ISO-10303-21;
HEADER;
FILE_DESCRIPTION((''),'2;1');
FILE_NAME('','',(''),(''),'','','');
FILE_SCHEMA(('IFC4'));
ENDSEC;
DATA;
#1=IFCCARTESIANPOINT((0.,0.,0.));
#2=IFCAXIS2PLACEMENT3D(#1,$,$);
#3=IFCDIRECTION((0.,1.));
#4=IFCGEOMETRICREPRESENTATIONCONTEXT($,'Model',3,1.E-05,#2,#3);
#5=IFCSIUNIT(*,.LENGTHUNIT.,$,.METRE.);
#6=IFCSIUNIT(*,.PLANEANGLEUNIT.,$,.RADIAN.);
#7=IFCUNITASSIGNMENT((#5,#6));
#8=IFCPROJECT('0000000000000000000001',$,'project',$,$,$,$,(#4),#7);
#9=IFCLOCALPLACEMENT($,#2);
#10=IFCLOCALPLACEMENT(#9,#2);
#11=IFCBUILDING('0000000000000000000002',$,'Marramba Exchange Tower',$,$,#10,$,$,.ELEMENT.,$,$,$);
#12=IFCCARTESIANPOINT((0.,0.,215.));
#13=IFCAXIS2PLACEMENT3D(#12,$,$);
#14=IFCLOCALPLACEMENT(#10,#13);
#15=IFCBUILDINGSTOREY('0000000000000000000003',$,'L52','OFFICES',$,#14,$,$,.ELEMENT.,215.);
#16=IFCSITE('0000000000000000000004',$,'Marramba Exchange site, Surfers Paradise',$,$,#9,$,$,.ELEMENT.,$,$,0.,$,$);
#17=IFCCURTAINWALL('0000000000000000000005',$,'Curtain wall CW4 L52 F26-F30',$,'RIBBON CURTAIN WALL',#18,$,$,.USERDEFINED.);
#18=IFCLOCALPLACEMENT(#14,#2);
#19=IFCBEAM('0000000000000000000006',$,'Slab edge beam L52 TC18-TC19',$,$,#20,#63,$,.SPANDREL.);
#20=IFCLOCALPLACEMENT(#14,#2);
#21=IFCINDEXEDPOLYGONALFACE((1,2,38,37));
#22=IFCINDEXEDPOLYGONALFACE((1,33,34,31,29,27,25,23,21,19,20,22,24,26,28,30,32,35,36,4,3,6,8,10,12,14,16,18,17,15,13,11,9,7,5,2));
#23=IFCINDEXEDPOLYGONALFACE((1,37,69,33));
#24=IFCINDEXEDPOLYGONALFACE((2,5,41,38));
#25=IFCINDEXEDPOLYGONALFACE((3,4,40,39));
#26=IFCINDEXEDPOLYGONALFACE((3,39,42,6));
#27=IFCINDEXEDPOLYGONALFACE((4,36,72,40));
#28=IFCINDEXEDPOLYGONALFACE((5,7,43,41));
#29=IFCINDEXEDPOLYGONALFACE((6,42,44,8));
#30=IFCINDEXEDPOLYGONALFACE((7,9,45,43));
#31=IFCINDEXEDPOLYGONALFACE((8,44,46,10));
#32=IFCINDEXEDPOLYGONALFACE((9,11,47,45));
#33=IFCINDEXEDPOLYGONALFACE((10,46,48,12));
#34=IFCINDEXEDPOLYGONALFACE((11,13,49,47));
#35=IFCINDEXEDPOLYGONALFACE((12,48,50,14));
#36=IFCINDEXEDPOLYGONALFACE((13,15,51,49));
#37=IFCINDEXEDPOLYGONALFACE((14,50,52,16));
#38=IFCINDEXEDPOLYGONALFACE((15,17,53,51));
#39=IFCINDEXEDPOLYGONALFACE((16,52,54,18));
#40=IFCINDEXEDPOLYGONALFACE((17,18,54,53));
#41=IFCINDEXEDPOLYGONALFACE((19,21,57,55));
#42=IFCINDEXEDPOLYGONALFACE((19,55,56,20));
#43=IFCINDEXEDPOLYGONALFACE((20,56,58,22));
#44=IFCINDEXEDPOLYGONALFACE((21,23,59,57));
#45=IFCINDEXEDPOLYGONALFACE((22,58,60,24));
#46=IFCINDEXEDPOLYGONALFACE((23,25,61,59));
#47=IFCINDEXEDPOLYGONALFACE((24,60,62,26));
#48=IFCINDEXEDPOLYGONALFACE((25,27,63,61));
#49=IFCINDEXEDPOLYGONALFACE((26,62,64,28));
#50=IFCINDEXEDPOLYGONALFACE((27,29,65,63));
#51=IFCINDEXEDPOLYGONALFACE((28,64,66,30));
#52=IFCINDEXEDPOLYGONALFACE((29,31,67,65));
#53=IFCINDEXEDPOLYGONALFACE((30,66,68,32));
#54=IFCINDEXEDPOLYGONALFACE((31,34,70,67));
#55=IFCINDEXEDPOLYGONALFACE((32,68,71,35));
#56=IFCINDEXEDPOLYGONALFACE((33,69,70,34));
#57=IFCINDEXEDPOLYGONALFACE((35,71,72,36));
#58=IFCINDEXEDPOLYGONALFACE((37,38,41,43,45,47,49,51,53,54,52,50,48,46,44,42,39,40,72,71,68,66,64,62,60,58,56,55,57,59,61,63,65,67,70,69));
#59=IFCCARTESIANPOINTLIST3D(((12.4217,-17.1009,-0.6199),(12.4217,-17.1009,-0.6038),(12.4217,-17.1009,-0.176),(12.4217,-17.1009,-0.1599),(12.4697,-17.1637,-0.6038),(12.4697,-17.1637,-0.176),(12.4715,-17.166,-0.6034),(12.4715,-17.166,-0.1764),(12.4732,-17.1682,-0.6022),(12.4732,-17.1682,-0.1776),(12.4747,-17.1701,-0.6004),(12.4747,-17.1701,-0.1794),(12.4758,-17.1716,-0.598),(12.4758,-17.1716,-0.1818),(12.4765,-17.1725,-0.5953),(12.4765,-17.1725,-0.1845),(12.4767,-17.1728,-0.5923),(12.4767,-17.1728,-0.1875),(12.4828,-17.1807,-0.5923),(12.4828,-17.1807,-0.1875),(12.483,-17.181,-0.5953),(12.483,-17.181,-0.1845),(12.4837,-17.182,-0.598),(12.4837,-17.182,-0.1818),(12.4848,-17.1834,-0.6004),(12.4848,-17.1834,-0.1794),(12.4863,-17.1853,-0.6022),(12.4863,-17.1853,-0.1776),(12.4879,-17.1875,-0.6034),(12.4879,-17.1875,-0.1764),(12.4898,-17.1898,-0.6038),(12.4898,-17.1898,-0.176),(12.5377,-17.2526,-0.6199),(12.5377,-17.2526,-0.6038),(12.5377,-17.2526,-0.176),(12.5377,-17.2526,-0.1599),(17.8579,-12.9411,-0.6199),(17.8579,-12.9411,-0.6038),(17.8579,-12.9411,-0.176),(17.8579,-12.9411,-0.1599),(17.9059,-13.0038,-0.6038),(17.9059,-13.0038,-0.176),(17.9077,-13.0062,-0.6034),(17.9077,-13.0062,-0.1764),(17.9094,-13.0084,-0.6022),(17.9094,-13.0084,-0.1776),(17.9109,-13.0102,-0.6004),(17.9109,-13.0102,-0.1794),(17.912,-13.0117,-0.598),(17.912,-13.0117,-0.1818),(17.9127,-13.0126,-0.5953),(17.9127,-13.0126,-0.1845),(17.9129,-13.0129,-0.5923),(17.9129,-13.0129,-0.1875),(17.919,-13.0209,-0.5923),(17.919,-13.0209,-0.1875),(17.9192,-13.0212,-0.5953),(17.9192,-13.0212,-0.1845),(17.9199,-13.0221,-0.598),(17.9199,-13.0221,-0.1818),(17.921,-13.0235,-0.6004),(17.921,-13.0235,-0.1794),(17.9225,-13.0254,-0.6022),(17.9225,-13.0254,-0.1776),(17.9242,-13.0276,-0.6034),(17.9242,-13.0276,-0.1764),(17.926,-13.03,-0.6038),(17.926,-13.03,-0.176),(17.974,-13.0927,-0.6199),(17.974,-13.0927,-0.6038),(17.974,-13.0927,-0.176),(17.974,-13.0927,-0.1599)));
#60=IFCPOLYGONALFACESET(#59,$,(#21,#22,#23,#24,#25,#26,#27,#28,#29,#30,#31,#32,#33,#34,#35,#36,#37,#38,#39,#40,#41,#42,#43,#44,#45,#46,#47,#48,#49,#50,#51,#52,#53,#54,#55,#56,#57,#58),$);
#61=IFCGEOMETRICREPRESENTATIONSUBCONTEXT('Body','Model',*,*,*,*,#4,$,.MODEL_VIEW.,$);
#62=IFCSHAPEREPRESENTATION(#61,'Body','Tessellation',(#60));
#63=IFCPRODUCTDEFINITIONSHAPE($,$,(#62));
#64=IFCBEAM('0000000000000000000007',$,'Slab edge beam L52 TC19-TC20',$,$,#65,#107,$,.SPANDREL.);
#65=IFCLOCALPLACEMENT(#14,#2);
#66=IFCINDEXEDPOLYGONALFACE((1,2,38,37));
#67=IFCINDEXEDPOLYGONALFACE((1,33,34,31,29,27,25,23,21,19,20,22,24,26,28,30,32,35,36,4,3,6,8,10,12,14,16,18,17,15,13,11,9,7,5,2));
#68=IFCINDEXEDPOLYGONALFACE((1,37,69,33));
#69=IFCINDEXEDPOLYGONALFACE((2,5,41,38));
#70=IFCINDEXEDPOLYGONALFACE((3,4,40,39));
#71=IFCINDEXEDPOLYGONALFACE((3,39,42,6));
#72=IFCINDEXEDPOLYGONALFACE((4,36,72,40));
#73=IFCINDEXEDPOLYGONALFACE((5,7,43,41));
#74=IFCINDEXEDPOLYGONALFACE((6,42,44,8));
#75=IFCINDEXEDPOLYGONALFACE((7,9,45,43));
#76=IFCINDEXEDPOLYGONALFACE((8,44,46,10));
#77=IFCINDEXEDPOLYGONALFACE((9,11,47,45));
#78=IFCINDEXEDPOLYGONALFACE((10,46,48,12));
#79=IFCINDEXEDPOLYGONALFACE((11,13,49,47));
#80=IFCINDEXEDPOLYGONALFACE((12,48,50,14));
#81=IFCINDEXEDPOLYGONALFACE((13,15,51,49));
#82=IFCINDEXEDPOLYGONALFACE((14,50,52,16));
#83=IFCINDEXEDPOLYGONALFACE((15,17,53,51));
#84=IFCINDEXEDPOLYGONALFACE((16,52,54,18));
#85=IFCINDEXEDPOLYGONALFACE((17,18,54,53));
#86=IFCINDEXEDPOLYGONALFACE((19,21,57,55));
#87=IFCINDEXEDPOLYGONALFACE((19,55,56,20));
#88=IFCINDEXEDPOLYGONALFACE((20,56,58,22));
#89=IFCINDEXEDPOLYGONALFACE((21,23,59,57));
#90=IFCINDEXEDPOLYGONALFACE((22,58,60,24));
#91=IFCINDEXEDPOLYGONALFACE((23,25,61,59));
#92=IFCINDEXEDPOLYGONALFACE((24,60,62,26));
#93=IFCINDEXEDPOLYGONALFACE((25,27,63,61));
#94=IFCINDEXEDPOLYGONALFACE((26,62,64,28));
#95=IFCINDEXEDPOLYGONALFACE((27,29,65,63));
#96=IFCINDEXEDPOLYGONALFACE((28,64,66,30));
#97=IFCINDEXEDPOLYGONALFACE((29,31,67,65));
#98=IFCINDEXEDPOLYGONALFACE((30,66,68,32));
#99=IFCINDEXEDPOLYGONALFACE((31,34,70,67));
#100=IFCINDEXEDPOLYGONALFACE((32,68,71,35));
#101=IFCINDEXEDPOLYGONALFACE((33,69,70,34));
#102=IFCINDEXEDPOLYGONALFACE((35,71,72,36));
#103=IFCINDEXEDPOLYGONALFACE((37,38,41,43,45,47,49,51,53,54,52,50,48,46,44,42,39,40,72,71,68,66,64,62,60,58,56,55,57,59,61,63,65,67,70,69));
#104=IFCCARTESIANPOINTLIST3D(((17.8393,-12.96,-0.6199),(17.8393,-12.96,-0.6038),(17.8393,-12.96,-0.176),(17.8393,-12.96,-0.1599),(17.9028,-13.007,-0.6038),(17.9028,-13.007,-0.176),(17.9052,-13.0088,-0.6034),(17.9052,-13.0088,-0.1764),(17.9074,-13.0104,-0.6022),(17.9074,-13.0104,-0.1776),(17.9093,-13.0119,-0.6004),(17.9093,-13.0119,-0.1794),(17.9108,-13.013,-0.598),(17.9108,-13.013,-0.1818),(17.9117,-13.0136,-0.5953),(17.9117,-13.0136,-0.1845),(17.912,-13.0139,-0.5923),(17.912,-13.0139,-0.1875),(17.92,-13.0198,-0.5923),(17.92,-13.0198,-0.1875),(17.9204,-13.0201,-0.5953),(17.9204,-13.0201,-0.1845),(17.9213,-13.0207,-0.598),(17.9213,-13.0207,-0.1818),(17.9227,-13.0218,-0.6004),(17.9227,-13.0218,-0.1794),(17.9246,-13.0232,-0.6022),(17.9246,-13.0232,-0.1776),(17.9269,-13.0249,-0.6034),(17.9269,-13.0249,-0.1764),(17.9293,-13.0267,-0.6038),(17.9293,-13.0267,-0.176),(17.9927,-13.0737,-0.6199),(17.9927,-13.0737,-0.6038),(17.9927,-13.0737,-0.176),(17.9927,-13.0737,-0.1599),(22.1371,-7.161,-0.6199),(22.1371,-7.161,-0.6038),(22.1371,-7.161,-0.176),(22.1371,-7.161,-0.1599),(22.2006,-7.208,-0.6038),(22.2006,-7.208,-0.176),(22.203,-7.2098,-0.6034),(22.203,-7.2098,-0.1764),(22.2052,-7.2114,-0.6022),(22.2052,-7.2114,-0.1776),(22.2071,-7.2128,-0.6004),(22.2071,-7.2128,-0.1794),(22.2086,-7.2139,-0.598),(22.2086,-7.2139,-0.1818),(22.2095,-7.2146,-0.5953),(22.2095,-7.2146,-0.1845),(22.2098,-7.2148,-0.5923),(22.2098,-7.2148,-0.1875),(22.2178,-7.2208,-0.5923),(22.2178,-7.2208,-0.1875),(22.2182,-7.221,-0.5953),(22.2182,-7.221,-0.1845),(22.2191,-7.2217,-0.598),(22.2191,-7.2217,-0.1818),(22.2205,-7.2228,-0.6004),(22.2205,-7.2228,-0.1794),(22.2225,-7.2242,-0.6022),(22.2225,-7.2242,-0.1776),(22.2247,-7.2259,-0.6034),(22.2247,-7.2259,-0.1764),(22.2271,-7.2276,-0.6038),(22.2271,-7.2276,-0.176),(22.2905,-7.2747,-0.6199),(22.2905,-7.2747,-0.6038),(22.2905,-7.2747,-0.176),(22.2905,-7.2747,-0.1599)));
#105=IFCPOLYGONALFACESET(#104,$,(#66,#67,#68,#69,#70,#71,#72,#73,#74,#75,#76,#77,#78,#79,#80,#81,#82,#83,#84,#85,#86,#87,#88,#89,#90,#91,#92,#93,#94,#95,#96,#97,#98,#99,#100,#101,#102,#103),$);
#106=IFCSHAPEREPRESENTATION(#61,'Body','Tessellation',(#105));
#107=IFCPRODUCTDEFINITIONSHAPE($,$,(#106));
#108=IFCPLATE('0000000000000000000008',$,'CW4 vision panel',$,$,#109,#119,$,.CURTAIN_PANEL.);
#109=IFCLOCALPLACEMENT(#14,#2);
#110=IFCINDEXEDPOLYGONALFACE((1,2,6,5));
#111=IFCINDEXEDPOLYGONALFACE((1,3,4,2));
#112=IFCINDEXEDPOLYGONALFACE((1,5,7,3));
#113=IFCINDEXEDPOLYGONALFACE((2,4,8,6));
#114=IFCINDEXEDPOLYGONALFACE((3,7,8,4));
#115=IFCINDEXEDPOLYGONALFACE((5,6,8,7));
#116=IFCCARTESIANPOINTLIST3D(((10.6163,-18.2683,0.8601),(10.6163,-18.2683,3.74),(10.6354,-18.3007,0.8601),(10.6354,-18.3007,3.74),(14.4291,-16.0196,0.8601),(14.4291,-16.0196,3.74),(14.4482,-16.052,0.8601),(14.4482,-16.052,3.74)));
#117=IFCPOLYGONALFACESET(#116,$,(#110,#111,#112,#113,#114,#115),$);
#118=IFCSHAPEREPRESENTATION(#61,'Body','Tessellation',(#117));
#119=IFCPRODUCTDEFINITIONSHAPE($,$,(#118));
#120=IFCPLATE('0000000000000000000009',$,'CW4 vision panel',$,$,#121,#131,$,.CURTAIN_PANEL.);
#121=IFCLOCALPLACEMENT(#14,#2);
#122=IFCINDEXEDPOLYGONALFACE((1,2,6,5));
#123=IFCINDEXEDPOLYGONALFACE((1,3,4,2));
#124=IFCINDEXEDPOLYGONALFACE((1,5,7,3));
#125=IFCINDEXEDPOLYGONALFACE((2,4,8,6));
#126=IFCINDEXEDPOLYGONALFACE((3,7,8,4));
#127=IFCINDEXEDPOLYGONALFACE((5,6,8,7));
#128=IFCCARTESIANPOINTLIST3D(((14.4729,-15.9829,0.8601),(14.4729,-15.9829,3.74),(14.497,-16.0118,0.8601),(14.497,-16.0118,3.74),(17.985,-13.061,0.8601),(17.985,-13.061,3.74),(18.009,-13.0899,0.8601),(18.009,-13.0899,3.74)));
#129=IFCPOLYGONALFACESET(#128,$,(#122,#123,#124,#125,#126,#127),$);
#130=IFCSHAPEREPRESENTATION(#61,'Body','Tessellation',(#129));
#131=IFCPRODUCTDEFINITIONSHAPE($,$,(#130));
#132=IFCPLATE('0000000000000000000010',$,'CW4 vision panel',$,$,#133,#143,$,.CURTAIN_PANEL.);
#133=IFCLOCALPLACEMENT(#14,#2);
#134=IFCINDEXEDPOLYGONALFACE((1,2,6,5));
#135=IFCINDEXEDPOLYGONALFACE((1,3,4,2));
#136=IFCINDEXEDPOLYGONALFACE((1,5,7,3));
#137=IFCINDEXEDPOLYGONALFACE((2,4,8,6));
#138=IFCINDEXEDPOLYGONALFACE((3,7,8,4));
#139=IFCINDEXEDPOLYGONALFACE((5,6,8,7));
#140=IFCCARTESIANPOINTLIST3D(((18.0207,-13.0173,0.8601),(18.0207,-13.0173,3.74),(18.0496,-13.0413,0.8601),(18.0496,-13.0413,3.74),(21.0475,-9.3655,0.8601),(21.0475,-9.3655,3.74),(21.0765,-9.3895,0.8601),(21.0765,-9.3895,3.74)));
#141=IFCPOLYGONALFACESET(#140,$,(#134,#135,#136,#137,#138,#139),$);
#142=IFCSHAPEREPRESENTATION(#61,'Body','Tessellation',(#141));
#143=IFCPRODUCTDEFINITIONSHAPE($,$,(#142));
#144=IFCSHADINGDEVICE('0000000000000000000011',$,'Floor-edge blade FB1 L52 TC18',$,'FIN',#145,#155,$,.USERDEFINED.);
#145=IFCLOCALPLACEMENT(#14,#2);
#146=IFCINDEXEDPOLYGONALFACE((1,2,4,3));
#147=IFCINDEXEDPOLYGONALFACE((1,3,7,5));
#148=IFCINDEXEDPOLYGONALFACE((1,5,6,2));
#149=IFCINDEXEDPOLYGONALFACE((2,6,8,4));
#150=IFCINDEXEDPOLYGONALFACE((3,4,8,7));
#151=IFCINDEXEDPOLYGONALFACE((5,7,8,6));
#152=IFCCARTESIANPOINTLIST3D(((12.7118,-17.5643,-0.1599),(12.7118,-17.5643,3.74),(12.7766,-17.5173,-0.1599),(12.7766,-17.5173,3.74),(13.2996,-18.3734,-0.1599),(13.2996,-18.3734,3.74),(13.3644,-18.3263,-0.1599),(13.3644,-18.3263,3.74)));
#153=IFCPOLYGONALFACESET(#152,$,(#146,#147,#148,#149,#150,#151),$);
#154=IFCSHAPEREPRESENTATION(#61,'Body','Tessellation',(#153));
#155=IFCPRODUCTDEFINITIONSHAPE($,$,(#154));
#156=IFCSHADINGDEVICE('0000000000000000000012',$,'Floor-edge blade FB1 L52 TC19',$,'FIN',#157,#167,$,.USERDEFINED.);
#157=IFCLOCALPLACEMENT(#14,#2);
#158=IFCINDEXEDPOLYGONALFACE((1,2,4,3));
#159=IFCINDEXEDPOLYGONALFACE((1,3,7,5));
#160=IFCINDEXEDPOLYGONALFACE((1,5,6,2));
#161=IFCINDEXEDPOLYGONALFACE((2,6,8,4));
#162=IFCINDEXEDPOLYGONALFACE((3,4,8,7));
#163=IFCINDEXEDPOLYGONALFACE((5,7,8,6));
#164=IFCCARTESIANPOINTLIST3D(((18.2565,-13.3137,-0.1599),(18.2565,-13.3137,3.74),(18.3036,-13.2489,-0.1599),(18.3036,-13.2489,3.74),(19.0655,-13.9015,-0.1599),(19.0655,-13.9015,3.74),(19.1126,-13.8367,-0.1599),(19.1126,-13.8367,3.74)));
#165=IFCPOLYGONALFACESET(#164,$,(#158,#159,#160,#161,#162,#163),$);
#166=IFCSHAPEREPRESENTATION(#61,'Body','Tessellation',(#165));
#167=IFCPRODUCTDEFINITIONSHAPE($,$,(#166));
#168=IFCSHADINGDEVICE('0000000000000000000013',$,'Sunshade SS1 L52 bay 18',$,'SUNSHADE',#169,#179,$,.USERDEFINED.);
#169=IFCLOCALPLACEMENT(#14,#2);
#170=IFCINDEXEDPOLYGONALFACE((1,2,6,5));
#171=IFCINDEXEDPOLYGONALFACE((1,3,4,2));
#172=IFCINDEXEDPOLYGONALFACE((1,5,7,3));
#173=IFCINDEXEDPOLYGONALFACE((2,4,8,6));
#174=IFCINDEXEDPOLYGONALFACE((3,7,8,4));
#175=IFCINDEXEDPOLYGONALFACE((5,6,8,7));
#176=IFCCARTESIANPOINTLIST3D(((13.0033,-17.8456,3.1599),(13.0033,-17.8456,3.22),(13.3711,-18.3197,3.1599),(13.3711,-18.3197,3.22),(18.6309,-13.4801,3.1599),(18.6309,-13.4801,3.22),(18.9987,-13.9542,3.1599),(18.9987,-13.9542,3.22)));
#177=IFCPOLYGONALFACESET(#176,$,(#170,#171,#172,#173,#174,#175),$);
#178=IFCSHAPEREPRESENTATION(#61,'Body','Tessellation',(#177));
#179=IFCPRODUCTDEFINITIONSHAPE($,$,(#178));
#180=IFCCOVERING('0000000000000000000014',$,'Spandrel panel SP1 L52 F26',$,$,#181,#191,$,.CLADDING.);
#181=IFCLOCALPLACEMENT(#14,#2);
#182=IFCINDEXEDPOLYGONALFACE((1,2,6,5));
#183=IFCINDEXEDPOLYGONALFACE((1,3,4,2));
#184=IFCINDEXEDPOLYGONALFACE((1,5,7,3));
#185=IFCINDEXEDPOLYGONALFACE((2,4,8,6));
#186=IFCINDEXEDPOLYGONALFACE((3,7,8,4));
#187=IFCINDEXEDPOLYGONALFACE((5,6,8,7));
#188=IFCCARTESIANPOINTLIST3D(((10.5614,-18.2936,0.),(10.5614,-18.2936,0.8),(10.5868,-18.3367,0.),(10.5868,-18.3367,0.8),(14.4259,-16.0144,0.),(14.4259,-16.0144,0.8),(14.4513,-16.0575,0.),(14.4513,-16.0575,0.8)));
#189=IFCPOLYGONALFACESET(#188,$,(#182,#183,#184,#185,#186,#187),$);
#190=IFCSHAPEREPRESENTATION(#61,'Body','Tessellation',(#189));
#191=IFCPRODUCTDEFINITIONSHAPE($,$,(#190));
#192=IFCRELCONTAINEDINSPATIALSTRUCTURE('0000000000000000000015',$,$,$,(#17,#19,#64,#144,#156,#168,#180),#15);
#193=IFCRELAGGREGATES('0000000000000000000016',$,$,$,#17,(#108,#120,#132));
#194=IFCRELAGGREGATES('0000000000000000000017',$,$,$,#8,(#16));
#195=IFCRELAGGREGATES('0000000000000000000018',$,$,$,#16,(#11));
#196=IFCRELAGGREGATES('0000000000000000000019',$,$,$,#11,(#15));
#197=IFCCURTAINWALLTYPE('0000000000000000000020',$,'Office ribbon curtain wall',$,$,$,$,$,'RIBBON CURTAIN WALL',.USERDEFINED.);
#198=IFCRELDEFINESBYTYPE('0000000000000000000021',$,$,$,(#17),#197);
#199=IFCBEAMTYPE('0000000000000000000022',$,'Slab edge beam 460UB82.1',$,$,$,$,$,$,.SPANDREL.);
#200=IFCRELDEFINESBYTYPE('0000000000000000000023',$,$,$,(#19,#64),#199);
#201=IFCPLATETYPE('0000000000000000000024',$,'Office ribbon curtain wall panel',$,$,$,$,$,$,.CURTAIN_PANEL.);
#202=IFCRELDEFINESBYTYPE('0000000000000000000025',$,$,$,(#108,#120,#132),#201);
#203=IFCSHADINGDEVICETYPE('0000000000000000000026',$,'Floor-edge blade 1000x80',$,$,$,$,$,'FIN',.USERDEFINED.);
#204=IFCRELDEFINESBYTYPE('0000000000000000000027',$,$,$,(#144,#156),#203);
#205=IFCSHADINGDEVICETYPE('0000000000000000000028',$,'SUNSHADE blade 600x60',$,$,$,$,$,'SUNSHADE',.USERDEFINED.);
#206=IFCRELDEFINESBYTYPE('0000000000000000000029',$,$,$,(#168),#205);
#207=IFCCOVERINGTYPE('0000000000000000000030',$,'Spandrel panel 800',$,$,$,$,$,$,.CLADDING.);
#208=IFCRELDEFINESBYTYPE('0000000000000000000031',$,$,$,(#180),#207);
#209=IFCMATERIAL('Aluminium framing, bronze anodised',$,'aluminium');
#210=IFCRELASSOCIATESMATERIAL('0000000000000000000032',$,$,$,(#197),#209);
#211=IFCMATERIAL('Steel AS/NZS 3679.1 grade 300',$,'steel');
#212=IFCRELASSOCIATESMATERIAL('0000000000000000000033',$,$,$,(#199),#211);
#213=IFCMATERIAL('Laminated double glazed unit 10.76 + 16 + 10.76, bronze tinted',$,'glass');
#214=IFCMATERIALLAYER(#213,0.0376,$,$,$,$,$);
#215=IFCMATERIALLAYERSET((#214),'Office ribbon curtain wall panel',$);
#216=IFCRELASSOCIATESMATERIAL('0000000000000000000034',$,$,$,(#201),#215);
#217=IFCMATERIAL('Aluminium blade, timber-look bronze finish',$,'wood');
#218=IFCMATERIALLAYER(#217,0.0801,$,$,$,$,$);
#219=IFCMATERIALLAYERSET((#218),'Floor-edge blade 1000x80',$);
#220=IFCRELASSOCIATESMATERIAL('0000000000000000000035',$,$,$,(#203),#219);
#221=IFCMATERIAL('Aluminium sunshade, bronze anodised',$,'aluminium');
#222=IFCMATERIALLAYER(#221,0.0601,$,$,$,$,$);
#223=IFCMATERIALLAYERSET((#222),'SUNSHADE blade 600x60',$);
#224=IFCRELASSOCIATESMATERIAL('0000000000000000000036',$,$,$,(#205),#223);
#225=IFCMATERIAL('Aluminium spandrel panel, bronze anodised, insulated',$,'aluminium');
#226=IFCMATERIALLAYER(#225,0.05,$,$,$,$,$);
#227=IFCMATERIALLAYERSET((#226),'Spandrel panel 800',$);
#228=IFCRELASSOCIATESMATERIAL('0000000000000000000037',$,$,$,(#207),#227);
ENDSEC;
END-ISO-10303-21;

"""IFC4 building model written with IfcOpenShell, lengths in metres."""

from ifc_helpers import new_model, si_unit, direction, frame, origin, origin_2d, place, context, subcontext, project, spatial, rectangle, i_section, extrude, material, layer, layer_set, material_profile, profile_set, type_object, element, aggregate, save


model = new_model("IFC4")

# Units and contexts
model_context = context("Model", 3, precision=1e-05, world=origin(), true_north=direction((0.0, 1.0)))
body_context = subcontext(model_context, "Body", "Model", "MODEL_VIEW")
ifc_project = project(units=[si_unit("LENGTHUNIT", "METRE"), si_unit("PLANEANGLEUNIT", "RADIAN")], contexts=[model_context])

# Site, building, storey
site_placement = place(None, origin())
site = spatial("IfcSite", under=ifc_project, at=site_placement, Name="Marramba Exchange site, Surfers Paradise", CompositionType="ELEMENT", RefElevation=0.0)
building_placement = place(site_placement, origin())
building = spatial("IfcBuilding", under=site, at=building_placement, Name="Marramba Exchange Tower", CompositionType="ELEMENT")
storey_placement = place(building_placement, frame((0.0, 0.0, 215.0)))
storey = spatial("IfcBuildingStorey", under=building, at=storey_placement, Name="L52", Description="OFFICES", CompositionType="ELEMENT", Elevation=215.0)

# Curtain wall
ifc_material_1 = material(Name="Aluminium framing, bronze anodised", Category="aluminium")
curtain_wall_type = type_object("IfcCurtainWallType", Name="Office ribbon curtain wall", ElementType="RIBBON CURTAIN WALL", PredefinedType="USERDEFINED", material=ifc_material_1)
curtain_wall_placement = place(storey_placement, origin())
curtain_wall = element("IfcCurtainWall", 1, at=curtain_wall_placement, inside=storey, type_object=curtain_wall_type, Name="Curtain wall CW4 L52 F26-F30", ObjectType="RIBBON CURTAIN WALL", PredefinedType="USERDEFINED")

# Beams
ifc_material_2 = material(Name="Steel AS/NZS 3679.1 grade 300", Category="steel")
ifc_material_profile_1 = material_profile(ifc_material_2, i_section(OverallWidth=0.1909, OverallDepth=0.46, WebThickness=0.01, FlangeThickness=0.0161, FilletRadius=0.0115, at=origin_2d()), Name="460UB82.1")
ifc_profile_set_1 = profile_set([ifc_material_profile_1], Name="Steel AS/NZS 3679.1 grade 300")
beam_type_1 = type_object("IfcBeamType", Name="Slab edge beam 460UB82.1", PredefinedType="SPANDREL", material=ifc_profile_set_1)
beam_1_placement = place(storey_placement, frame((12.4797, -17.1768, -0.3899), z_axis=(0.794163, 0.607704, 0.0), x_axis=(-0.607704, 0.794163, 0.0)))
element("IfcBeam", 2, at=beam_1_placement, inside=storey, type_object=beam_type_1, Name="Slab edge beam L52 TC18-TC19", PredefinedType="SPANDREL", context=body_context, shape_type="SweptSolid", body=[
    extrude(i_section(OverallWidth=0.1909, OverallDepth=0.46, WebThickness=0.01, FlangeThickness=0.0161, FilletRadius=0.0115, at=origin_2d()), origin(), (0.0, 0.0, 1.0), 6.8452),
])
beam_2_placement = place(storey_placement, frame((17.916, -13.0168, -0.3899), z_axis=(0.595428, 0.803409, 0.0), x_axis=(-0.803409, 0.595428, 0.0)))
element("IfcBeam", 3, at=beam_2_placement, inside=storey, type_object=beam_type_1, Name="Slab edge beam L52 TC19-TC20", PredefinedType="SPANDREL", context=body_context, shape_type="SweptSolid", body=[
    extrude(i_section(OverallWidth=0.1909, OverallDepth=0.46, WebThickness=0.01, FlangeThickness=0.0161, FilletRadius=0.0115, at=origin_2d()), origin(), (0.0, 0.0, 1.0), 7.218),
])

# Plates
ifc_material_3 = material(Name="Laminated double glazed unit 10.76 + 16 + 10.76, bronze tinted", Category="glass")
ifc_layer_1 = layer(ifc_material_3, 0.0376)
ifc_layer_set_1 = layer_set([ifc_layer_1], Name="Office ribbon curtain wall panel")
plate_type = type_object("IfcPlateType", Name="Office ribbon curtain wall panel", PredefinedType="CURTAIN_PANEL", material=ifc_layer_set_1)
plate_1_placement = place(storey_placement, frame((12.5322, -17.1602, 0.8601), z_axis=(0.0, 0.0, 1.0), x_axis=(0.861351, 0.508011, 0.0)))
plate_1 = element("IfcPlate", 4, at=plate_1_placement, type_object=plate_type, Name="CW4 vision panel", PredefinedType="CURTAIN_PANEL", context=body_context, shape_type="SweptSolid", body=[
    extrude(rectangle(XDim=4.4265, YDim=0.0376, at=origin_2d()), origin(), (0.0, 0.0, 1.0), 2.8799),
])
plate_2_placement = place(storey_placement, frame((16.241, -14.5364, 0.8601), z_axis=(0.0, 0.0, 1.0), x_axis=(0.768737, 0.639565, 0.0)))
plate_2 = element("IfcPlate", 5, at=plate_2_placement, type_object=plate_type, Name="CW4 vision panel", PredefinedType="CURTAIN_PANEL", context=body_context, shape_type="SweptSolid", body=[
    extrude(rectangle(XDim=4.5686, YDim=0.0376, at=origin_2d()), origin(), (0.0, 0.0, 1.0), 2.8799),
])
plate_3_placement = place(storey_placement, frame((19.5486, -11.2034, 0.8601), z_axis=(0.0, 0.0, 1.0), x_axis=(0.63815, 0.769912, 0.0)))
plate_3 = element("IfcPlate", 6, at=plate_3_placement, type_object=plate_type, Name="CW4 vision panel", PredefinedType="CURTAIN_PANEL", context=body_context, shape_type="SweptSolid", body=[
    extrude(rectangle(XDim=4.7432, YDim=0.0376, at=origin_2d()), origin(), (0.0, 0.0, 1.0), 2.8799),
])
aggregate(curtain_wall, [plate_1, plate_2, plate_3])

# Shading devices
ifc_material_4 = material(Name="Aluminium blade, timber-look bronze finish", Category="wood")
ifc_layer_2 = layer(ifc_material_4, 0.0801)
ifc_layer_set_2 = layer_set([ifc_layer_2], Name="Floor-edge blade 1000x80")
shading_device_type_1 = type_object("IfcShadingDeviceType", Name="Floor-edge blade 1000x80", ElementType="FIN", PredefinedType="USERDEFINED", material=ifc_layer_set_2)
for number, where, z_axis, x_axis, name in (
    (7, (13.0381, -17.9453, -0.1599), (0.0, 0.0, 1.0), (0.587785, -0.809017, 0.0), "Floor-edge blade FB1 L52 TC18"),
    (8, (18.6846, -13.5752, -0.1599), (0.0, 0.0, 1.0), (0.809017, -0.587785, 0.0), "Floor-edge blade FB1 L52 TC19"),
):
    element("IfcShadingDevice", number, at=place(storey_placement, frame(where, z_axis=z_axis, x_axis=x_axis)), inside=storey, type_object=shading_device_type_1, Name=name, ObjectType="FIN", PredefinedType="USERDEFINED", context=body_context, shape_type="SweptSolid", body=[
        extrude(rectangle(XDim=1.0, YDim=0.0801, at=origin_2d()), origin(), (0.0, 0.0, 1.0), 3.8999),
    ])
ifc_material_5 = material(Name="Aluminium sunshade, bronze anodised", Category="aluminium")
ifc_layer_3 = layer(ifc_material_5, 0.0601)
ifc_layer_set_3 = layer_set([ifc_layer_3], Name="SUNSHADE blade 600x60")
shading_device_type_2 = type_object("IfcShadingDeviceType", Name="SUNSHADE blade 600x60", ElementType="SUNSHADE", PredefinedType="USERDEFINED", material=ifc_layer_set_3)
shading_device_placement = place(storey_placement, frame((16.001, -15.8999, 3.1599), z_axis=(0.0, 0.0, 1.0), x_axis=(0.790133, 0.612935, 0.0)))
element("IfcShadingDevice", 9, at=shading_device_placement, inside=storey, type_object=shading_device_type_2, Name="Sunshade SS1 L52 bay 18", ObjectType="SUNSHADE", PredefinedType="USERDEFINED", context=body_context, shape_type="SweptSolid", body=[
    extrude(rectangle(XDim=7.1223, YDim=0.6001, at=origin_2d()), origin(), (0.0, 0.0, 1.0), 0.0601),
])

# Covering
ifc_material_6 = material(Name="Aluminium spandrel panel, bronze anodised, insulated", Category="aluminium")
ifc_layer_4 = layer(ifc_material_6, 0.05)
ifc_layer_set_4 = layer_set([ifc_layer_4], Name="Spandrel panel 800")
covering_type = type_object("IfcCoveringType", Name="Spandrel panel 800", PredefinedType="CLADDING", material=ifc_layer_set_4)
covering_1_placement = place(storey_placement, frame((12.5063, -17.1755, 0.0), z_axis=(0.0, 0.0, 1.0), x_axis=(0.861351, 0.508011, 0.0)))
element("IfcCovering", 10, at=covering_1_placement, inside=storey, type_object=covering_type, Name="Spandrel panel SP1 L52 F26", PredefinedType="CLADDING", context=body_context, shape_type="SweptSolid", body=[
    extrude(rectangle(XDim=4.4866, YDim=0.05, at=origin_2d()), origin(), (0.0, 0.0, 1.0), 0.8),
])

save(model, "model.ifc")
